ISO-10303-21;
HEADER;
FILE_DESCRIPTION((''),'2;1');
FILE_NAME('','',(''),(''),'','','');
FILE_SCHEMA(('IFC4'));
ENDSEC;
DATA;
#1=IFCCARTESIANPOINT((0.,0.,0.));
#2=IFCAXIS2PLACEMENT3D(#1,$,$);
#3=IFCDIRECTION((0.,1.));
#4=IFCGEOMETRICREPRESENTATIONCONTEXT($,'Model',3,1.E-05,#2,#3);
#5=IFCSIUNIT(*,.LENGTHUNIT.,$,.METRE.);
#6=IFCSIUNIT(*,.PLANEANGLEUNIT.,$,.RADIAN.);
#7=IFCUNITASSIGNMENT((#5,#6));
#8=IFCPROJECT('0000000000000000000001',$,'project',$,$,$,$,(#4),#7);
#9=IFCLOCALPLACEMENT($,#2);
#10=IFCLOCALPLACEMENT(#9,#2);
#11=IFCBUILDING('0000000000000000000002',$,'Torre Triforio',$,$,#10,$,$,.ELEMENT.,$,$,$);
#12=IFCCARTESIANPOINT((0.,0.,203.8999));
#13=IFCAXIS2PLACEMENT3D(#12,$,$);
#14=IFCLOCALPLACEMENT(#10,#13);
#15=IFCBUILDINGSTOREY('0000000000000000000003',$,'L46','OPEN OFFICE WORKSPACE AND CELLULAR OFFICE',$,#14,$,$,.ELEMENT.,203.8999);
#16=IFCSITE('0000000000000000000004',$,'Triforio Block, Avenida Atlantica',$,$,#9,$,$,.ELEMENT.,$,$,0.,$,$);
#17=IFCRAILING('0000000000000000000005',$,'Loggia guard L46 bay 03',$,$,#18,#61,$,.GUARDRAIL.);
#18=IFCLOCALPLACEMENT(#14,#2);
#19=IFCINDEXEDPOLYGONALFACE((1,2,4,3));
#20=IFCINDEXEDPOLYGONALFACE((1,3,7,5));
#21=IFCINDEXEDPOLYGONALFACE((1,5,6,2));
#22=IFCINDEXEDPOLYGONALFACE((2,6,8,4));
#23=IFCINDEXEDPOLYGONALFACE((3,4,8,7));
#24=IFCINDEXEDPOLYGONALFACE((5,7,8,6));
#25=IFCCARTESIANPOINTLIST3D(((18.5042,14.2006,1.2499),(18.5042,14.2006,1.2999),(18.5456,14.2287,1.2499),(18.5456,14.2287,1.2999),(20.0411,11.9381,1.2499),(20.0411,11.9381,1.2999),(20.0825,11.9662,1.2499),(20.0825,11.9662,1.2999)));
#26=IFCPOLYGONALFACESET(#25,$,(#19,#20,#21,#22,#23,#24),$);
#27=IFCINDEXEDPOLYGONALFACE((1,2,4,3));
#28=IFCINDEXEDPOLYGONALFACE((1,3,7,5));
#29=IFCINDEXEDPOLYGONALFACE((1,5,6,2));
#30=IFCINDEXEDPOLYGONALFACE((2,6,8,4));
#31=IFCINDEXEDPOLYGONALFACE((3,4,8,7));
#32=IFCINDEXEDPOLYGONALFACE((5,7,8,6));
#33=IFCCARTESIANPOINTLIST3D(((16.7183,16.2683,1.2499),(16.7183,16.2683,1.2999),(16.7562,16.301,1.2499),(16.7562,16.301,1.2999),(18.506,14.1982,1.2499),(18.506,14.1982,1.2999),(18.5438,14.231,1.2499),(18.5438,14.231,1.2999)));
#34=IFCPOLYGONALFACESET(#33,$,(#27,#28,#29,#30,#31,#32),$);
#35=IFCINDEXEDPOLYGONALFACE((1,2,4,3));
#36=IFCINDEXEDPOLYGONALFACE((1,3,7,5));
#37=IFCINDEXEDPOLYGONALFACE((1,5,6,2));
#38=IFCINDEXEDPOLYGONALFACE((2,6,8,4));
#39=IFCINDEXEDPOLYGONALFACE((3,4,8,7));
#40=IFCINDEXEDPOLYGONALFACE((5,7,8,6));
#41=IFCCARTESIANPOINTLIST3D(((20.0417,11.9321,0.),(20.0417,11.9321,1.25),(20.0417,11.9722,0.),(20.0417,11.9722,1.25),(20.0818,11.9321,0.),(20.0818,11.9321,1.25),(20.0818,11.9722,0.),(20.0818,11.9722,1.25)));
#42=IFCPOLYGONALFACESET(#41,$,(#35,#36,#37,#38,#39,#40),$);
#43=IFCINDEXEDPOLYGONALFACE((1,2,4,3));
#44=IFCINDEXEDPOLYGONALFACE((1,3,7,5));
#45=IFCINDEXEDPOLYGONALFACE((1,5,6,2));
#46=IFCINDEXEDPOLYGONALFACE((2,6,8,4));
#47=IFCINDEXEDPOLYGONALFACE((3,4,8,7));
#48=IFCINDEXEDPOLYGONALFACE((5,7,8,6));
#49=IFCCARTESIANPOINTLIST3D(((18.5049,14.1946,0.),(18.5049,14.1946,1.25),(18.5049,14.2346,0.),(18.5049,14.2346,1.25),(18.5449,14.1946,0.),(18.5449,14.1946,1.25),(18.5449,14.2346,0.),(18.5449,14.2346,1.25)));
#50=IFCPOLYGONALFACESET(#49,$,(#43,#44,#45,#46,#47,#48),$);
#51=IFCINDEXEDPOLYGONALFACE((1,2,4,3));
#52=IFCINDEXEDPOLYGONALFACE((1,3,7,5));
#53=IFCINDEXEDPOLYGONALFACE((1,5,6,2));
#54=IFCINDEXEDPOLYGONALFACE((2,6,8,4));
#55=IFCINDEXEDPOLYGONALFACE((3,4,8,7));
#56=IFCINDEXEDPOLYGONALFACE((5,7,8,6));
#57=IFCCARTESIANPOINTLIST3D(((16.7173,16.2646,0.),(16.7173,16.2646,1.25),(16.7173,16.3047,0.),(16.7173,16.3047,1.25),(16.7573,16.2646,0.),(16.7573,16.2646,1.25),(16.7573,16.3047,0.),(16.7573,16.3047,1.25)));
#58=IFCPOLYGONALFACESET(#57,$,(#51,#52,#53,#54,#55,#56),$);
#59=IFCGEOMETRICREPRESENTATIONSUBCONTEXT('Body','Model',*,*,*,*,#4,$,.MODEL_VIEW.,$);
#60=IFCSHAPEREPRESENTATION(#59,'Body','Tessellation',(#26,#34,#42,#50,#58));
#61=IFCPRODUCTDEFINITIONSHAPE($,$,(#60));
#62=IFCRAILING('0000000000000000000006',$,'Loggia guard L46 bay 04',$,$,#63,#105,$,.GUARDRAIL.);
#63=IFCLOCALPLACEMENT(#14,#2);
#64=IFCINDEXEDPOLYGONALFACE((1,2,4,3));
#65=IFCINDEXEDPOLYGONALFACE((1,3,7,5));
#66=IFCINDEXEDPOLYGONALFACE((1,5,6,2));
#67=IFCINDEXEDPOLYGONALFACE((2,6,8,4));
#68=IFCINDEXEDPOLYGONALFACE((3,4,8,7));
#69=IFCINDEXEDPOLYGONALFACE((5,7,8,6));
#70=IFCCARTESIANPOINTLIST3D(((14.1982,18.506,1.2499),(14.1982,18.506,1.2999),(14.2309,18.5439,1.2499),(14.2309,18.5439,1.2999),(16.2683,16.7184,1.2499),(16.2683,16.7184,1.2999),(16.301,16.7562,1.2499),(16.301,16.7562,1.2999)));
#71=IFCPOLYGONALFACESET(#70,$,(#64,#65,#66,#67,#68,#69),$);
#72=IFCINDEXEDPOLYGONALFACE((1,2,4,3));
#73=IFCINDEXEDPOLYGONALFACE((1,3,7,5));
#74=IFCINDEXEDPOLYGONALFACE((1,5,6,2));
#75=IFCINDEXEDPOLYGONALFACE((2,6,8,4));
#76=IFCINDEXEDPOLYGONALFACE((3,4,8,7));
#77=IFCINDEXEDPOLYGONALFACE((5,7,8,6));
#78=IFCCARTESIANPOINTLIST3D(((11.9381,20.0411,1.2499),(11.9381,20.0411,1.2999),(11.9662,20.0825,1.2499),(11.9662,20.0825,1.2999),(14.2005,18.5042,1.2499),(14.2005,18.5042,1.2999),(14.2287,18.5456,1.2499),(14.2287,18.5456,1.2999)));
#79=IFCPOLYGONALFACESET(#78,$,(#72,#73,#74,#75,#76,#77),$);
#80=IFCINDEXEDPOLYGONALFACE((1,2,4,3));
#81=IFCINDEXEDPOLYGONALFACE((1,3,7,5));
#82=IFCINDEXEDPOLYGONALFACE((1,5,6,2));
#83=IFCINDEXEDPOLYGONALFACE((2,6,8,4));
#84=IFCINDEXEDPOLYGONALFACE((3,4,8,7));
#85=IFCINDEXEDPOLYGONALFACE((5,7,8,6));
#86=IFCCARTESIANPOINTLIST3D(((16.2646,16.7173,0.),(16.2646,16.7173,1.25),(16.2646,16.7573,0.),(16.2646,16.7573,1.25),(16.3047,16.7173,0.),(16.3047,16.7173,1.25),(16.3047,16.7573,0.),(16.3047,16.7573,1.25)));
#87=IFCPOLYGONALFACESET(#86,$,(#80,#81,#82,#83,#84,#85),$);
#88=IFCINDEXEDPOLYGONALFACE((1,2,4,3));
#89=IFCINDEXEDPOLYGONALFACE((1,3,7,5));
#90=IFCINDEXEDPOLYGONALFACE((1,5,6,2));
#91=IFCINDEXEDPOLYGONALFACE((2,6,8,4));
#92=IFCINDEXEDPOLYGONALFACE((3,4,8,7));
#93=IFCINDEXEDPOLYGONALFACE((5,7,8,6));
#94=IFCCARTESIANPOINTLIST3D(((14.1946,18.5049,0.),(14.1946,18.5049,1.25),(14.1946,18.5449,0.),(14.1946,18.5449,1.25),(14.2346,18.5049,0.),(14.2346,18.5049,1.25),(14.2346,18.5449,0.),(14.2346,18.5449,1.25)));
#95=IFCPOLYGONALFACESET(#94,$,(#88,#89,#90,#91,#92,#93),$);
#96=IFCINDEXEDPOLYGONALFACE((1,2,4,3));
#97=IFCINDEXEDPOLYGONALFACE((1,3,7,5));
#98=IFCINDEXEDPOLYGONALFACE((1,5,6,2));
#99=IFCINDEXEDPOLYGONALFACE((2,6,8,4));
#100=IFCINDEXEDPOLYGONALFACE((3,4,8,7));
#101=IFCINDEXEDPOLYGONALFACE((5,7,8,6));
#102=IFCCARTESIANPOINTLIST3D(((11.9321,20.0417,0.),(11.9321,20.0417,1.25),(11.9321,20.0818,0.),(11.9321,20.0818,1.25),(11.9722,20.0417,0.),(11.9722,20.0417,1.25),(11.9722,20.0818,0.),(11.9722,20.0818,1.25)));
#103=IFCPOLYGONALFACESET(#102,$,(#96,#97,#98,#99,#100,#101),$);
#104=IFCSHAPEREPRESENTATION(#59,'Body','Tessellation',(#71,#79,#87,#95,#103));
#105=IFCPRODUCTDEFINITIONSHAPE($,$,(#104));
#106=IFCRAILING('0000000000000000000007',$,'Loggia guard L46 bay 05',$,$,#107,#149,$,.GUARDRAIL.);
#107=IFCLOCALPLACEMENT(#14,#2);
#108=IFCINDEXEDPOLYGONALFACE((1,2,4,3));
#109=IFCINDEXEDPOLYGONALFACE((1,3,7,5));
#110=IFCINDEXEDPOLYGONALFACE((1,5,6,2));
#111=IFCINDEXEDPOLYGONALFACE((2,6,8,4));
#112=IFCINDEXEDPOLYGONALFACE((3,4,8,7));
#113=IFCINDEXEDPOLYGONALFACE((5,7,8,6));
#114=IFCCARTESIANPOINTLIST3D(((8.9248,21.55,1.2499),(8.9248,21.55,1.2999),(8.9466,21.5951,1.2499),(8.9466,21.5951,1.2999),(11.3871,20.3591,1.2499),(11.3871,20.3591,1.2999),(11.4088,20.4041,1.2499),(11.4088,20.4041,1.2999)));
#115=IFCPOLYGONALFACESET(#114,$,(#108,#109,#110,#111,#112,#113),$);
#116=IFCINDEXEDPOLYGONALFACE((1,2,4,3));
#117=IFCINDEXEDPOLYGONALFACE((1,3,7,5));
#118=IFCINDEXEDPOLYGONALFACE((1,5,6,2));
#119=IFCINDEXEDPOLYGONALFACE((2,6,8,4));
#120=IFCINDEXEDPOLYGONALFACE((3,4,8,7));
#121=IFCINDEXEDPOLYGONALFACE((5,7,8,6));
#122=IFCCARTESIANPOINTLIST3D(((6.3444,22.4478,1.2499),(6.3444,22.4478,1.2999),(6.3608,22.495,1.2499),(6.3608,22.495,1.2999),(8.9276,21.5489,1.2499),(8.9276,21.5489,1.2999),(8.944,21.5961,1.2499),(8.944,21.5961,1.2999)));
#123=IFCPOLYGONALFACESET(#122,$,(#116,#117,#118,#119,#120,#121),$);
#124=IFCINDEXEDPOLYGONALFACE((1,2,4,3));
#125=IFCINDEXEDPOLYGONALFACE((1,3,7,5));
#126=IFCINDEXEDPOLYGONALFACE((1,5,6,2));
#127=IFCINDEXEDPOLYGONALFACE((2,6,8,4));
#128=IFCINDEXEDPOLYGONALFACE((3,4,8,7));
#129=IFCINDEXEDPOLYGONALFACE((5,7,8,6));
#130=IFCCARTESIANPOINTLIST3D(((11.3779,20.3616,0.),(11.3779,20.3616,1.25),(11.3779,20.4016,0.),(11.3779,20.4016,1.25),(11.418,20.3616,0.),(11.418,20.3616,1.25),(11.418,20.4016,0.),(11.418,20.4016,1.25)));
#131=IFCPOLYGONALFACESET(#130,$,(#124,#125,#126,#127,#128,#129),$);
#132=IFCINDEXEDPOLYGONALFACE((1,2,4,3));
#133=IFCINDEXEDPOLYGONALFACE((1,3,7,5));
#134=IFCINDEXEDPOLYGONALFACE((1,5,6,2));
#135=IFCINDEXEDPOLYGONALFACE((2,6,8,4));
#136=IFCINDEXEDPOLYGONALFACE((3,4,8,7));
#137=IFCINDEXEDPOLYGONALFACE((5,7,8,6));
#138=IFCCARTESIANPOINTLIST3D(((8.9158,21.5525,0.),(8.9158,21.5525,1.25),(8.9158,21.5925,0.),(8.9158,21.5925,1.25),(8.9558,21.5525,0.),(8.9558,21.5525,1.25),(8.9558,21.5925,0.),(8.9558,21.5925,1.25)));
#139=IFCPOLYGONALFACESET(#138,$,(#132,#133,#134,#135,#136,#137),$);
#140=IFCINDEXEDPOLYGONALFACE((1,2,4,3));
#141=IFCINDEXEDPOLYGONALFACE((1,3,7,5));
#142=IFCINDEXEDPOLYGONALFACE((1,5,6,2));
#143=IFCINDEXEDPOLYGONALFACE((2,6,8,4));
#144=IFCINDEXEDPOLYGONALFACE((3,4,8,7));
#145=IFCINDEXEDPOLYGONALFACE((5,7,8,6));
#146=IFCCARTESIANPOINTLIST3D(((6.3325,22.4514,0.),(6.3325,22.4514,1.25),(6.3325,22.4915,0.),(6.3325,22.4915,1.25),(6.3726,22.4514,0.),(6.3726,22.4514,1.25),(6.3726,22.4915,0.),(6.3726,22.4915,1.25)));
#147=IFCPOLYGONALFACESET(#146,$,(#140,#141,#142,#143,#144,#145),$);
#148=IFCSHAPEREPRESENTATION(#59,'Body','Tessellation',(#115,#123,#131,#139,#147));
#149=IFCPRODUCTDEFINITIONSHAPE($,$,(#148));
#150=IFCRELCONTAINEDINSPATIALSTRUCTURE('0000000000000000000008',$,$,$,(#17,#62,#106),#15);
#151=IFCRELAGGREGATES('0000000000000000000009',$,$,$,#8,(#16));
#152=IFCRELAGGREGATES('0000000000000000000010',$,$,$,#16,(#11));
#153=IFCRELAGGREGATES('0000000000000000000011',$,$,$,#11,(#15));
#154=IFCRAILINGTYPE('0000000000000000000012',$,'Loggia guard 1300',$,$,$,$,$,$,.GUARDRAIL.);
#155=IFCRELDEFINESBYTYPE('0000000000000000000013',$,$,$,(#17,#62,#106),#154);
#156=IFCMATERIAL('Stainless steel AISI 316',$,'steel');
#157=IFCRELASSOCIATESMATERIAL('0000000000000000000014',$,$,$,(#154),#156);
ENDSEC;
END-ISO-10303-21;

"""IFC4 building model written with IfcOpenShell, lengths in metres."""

from ifc_helpers import new_model, si_unit, direction, frame, origin, origin_2d, place, context, subcontext, project, spatial, rectangle, extrude, material, type_object, element, save


model = new_model("IFC4")

# Units and contexts
model_context = context("Model", 3, precision=1e-05, world=origin(), true_north=direction((0.0, 1.0)))
body_context = subcontext(model_context, "Body", "Model", "MODEL_VIEW")
ifc_project = project(units=[si_unit("LENGTHUNIT", "METRE"), si_unit("PLANEANGLEUNIT", "RADIAN")], contexts=[model_context])

# Site, building, storey
site_placement = place(None, origin())
site = spatial("IfcSite", under=ifc_project, at=site_placement, Name="Triforio Block, Avenida Atlantica", CompositionType="ELEMENT", RefElevation=0.0)
building_placement = place(site_placement, origin())
building = spatial("IfcBuilding", under=site, at=building_placement, Name="Torre Triforio", CompositionType="ELEMENT")
storey_placement = place(building_placement, frame((0.0, 0.0, 203.8999)))
storey = spatial("IfcBuildingStorey", under=building, at=storey_placement, Name="L46", Description="OPEN OFFICE WORKSPACE AND CELLULAR OFFICE", CompositionType="ELEMENT", Elevation=203.8999)

# Railings
ifc_material_1 = material(Name="Stainless steel AISI 316", Category="steel")
railing_type = type_object("IfcRailingType", Name="Loggia guard 1300", PredefinedType="GUARDRAIL", material=ifc_material_1)
railing_1_placement = place(storey_placement, frame((20.0618, 11.9521, 0.0)))
element("IfcRailing", 1, at=railing_1_placement, inside=storey, type_object=railing_type, Name="Loggia guard L46 bay 03", PredefinedType="GUARDRAIL", context=body_context, shape_type="SweptSolid", body=[
    extrude(rectangle(XDim=0.05, YDim=0.05, at=origin_2d()), frame((0.0, 0.0, 1.2749), z_axis=(-0.56191, 0.827199, 0.0), x_axis=(-0.827199, -0.56191, 0.0)), (0.0, 0.0, 1.0), 2.7351),
    extrude(rectangle(XDim=0.05, YDim=0.05, at=origin_2d()), frame((-1.5369, 2.2625, 1.2749), z_axis=(-0.65358, 0.756857, 0.0), x_axis=(-0.756857, -0.65358, 0.0)), (0.0, 0.0, 1.0), 2.7351),
    extrude(rectangle(XDim=0.04, YDim=0.04, at=origin_2d()), origin(), (0.0, 0.0, 1.0), 1.25),
    extrude(rectangle(XDim=0.04, YDim=0.04, at=origin_2d()), frame((-1.5369, 2.2625, 0.0)), (0.0, 0.0, 1.0), 1.25),
    extrude(rectangle(XDim=0.04, YDim=0.04, at=origin_2d()), frame((-3.3245, 4.3325, 0.0)), (0.0, 0.0, 1.0), 1.25),
])
railing_2_placement = place(storey_placement, frame((16.2847, 16.7373, 0.0)))
element("IfcRailing", 2, at=railing_2_placement, inside=storey, type_object=railing_type, Name="Loggia guard L46 bay 04", PredefinedType="GUARDRAIL", context=body_context, shape_type="SweptSolid", body=[
    extrude(rectangle(XDim=0.05, YDim=0.05, at=origin_2d()), frame((0.0, 0.0, 1.2749), z_axis=(-0.756857, 0.65358, 0.0), x_axis=(-0.65358, -0.756857, 0.0)), (0.0, 0.0, 1.0), 2.7351),
    extrude(rectangle(XDim=0.05, YDim=0.05, at=origin_2d()), frame((-2.0701, 1.7876, 1.2749), z_axis=(-0.827199, 0.56191, 0.0), x_axis=(-0.56191, -0.827199, 0.0)), (0.0, 0.0, 1.0), 2.7351),
    extrude(rectangle(XDim=0.04, YDim=0.04, at=origin_2d()), origin(), (0.0, 0.0, 1.0), 1.25),
    extrude(rectangle(XDim=0.04, YDim=0.04, at=origin_2d()), frame((-2.0701, 1.7876, 0.0)), (0.0, 0.0, 1.0), 1.25),
    extrude(rectangle(XDim=0.04, YDim=0.04, at=origin_2d()), frame((-4.3325, 3.3245, 0.0)), (0.0, 0.0, 1.0), 1.25),
])
railing_3_placement = place(storey_placement, frame((11.3979, 20.3816, 0.0)))
element("IfcRailing", 3, at=railing_3_placement, inside=storey, type_object=railing_type, Name="Loggia guard L46 bay 05", PredefinedType="GUARDRAIL", context=body_context, shape_type="SweptSolid", body=[
    extrude(rectangle(XDim=0.05, YDim=0.05, at=origin_2d()), frame((0.0, 0.0, 1.2749), z_axis=(-0.900224, 0.435428, 0.0), x_axis=(-0.435428, -0.900224, 0.0)), (0.0, 0.0, 1.0), 2.7351),
    extrude(rectangle(XDim=0.05, YDim=0.05, at=origin_2d()), frame((-2.4622, 1.1909, 1.2749), z_axis=(-0.944451, 0.328652, 0.0), x_axis=(-0.328652, -0.944451, 0.0)), (0.0, 0.0, 1.0), 2.7351),
    extrude(rectangle(XDim=0.04, YDim=0.04, at=origin_2d()), origin(), (0.0, 0.0, 1.0), 1.25),
    extrude(rectangle(XDim=0.04, YDim=0.04, at=origin_2d()), frame((-2.4622, 1.1909, 0.0)), (0.0, 0.0, 1.0), 1.25),
    extrude(rectangle(XDim=0.04, YDim=0.04, at=origin_2d()), frame((-5.0454, 2.0898, 0.0)), (0.0, 0.0, 1.0), 1.25),
])

save(model, "model.ifc")
